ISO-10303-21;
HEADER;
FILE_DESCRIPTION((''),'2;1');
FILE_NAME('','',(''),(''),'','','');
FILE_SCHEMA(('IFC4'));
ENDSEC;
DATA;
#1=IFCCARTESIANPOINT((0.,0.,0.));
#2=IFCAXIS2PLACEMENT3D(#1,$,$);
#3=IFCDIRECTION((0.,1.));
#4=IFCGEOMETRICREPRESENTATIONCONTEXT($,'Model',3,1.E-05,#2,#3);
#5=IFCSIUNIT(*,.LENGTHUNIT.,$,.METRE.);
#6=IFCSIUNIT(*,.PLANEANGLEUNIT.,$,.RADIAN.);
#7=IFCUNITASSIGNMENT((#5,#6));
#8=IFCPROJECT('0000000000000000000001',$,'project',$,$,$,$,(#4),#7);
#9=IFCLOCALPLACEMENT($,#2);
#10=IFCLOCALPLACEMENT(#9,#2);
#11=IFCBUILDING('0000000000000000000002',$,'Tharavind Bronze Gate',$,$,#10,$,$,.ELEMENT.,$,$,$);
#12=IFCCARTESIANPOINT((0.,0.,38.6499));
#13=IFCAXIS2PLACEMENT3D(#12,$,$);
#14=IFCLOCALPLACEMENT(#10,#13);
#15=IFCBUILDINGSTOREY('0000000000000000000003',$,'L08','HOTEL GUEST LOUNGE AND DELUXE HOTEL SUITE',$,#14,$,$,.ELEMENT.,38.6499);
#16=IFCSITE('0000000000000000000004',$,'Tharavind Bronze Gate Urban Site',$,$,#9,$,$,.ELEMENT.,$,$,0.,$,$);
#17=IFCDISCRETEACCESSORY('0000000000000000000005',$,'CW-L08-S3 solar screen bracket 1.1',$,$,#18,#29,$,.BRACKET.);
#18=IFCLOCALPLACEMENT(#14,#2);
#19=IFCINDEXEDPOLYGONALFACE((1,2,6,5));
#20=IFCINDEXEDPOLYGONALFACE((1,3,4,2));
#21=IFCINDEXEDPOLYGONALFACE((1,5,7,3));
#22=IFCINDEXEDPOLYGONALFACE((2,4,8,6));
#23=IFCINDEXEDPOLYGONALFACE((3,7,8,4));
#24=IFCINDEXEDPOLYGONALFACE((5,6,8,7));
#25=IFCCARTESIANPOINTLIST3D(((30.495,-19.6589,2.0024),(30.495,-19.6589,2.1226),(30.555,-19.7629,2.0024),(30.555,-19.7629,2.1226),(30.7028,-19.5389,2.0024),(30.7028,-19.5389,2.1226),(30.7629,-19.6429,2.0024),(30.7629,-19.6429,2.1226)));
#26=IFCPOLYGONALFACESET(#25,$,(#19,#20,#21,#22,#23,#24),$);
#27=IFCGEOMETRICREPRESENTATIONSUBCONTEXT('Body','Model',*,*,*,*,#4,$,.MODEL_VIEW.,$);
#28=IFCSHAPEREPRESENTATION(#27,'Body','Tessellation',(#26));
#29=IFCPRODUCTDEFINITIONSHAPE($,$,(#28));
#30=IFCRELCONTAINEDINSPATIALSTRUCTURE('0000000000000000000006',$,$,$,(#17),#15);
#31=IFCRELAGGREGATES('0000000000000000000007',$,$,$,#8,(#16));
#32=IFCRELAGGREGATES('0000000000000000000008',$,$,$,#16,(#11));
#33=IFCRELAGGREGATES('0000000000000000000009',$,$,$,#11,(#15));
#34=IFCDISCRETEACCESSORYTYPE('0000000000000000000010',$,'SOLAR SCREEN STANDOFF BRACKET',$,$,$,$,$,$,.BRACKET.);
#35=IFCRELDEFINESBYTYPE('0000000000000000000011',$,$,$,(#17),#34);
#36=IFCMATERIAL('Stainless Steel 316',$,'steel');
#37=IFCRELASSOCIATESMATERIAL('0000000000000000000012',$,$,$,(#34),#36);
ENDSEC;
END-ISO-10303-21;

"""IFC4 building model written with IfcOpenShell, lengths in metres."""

from ifc_helpers import new_model, si_unit, direction, frame, origin, origin_2d, place, context, subcontext, project, spatial, rectangle, extrude, material, type_object, element, save


model = new_model("IFC4")

# Units and contexts
model_context = context("Model", 3, precision=1e-05, world=origin(), true_north=direction((0.0, 1.0)))
body_context = subcontext(model_context, "Body", "Model", "MODEL_VIEW")
ifc_project = project(units=[si_unit("LENGTHUNIT", "METRE"), si_unit("PLANEANGLEUNIT", "RADIAN")], contexts=[model_context])

# Site, building, storey
site_placement = place(None, origin())
site = spatial("IfcSite", under=ifc_project, at=site_placement, Name="Tharavind Bronze Gate Urban Site", CompositionType="ELEMENT", RefElevation=0.0)
building_placement = place(site_placement, origin())
building = spatial("IfcBuilding", under=site, at=building_placement, Name="Tharavind Bronze Gate", CompositionType="ELEMENT")
storey_placement = place(building_placement, frame((0.0, 0.0, 38.6499)))
storey = spatial("IfcBuildingStorey", under=building, at=storey_placement, Name="L08", Description="HOTEL GUEST LOUNGE AND DELUXE HOTEL SUITE", CompositionType="ELEMENT", Elevation=38.6499)

# Discrete accessory
ifc_material_1 = material(Name="Stainless Steel 316", Category="steel")
discrete_accessory_type = type_object("IfcDiscreteAccessoryType", Name="SOLAR SCREEN STANDOFF BRACKET", PredefinedType="BRACKET", material=ifc_material_1)
for number, where, z_axis, x_axis, name in (
    (1, (30.6289, -19.6509, 2.0024), (0.0, 0.0, 1.0), (-0.500002, 0.866025, 0.0), "CW-L08-S3 solar screen bracket 1.1"),
):
    element("IfcDiscreteAccessory", number, at=place(storey_placement, frame(where, z_axis=z_axis, x_axis=x_axis)), inside=storey, type_object=discrete_accessory_type, Name=name, PredefinedType="BRACKET", context=body_context, shape_type="SweptSolid", body=[
        extrude(rectangle(XDim=0.1201, YDim=0.24, at=origin_2d()), origin(), (0.0, 0.0, 1.0), 0.1201),
    ])

save(model, "model.ifc")
